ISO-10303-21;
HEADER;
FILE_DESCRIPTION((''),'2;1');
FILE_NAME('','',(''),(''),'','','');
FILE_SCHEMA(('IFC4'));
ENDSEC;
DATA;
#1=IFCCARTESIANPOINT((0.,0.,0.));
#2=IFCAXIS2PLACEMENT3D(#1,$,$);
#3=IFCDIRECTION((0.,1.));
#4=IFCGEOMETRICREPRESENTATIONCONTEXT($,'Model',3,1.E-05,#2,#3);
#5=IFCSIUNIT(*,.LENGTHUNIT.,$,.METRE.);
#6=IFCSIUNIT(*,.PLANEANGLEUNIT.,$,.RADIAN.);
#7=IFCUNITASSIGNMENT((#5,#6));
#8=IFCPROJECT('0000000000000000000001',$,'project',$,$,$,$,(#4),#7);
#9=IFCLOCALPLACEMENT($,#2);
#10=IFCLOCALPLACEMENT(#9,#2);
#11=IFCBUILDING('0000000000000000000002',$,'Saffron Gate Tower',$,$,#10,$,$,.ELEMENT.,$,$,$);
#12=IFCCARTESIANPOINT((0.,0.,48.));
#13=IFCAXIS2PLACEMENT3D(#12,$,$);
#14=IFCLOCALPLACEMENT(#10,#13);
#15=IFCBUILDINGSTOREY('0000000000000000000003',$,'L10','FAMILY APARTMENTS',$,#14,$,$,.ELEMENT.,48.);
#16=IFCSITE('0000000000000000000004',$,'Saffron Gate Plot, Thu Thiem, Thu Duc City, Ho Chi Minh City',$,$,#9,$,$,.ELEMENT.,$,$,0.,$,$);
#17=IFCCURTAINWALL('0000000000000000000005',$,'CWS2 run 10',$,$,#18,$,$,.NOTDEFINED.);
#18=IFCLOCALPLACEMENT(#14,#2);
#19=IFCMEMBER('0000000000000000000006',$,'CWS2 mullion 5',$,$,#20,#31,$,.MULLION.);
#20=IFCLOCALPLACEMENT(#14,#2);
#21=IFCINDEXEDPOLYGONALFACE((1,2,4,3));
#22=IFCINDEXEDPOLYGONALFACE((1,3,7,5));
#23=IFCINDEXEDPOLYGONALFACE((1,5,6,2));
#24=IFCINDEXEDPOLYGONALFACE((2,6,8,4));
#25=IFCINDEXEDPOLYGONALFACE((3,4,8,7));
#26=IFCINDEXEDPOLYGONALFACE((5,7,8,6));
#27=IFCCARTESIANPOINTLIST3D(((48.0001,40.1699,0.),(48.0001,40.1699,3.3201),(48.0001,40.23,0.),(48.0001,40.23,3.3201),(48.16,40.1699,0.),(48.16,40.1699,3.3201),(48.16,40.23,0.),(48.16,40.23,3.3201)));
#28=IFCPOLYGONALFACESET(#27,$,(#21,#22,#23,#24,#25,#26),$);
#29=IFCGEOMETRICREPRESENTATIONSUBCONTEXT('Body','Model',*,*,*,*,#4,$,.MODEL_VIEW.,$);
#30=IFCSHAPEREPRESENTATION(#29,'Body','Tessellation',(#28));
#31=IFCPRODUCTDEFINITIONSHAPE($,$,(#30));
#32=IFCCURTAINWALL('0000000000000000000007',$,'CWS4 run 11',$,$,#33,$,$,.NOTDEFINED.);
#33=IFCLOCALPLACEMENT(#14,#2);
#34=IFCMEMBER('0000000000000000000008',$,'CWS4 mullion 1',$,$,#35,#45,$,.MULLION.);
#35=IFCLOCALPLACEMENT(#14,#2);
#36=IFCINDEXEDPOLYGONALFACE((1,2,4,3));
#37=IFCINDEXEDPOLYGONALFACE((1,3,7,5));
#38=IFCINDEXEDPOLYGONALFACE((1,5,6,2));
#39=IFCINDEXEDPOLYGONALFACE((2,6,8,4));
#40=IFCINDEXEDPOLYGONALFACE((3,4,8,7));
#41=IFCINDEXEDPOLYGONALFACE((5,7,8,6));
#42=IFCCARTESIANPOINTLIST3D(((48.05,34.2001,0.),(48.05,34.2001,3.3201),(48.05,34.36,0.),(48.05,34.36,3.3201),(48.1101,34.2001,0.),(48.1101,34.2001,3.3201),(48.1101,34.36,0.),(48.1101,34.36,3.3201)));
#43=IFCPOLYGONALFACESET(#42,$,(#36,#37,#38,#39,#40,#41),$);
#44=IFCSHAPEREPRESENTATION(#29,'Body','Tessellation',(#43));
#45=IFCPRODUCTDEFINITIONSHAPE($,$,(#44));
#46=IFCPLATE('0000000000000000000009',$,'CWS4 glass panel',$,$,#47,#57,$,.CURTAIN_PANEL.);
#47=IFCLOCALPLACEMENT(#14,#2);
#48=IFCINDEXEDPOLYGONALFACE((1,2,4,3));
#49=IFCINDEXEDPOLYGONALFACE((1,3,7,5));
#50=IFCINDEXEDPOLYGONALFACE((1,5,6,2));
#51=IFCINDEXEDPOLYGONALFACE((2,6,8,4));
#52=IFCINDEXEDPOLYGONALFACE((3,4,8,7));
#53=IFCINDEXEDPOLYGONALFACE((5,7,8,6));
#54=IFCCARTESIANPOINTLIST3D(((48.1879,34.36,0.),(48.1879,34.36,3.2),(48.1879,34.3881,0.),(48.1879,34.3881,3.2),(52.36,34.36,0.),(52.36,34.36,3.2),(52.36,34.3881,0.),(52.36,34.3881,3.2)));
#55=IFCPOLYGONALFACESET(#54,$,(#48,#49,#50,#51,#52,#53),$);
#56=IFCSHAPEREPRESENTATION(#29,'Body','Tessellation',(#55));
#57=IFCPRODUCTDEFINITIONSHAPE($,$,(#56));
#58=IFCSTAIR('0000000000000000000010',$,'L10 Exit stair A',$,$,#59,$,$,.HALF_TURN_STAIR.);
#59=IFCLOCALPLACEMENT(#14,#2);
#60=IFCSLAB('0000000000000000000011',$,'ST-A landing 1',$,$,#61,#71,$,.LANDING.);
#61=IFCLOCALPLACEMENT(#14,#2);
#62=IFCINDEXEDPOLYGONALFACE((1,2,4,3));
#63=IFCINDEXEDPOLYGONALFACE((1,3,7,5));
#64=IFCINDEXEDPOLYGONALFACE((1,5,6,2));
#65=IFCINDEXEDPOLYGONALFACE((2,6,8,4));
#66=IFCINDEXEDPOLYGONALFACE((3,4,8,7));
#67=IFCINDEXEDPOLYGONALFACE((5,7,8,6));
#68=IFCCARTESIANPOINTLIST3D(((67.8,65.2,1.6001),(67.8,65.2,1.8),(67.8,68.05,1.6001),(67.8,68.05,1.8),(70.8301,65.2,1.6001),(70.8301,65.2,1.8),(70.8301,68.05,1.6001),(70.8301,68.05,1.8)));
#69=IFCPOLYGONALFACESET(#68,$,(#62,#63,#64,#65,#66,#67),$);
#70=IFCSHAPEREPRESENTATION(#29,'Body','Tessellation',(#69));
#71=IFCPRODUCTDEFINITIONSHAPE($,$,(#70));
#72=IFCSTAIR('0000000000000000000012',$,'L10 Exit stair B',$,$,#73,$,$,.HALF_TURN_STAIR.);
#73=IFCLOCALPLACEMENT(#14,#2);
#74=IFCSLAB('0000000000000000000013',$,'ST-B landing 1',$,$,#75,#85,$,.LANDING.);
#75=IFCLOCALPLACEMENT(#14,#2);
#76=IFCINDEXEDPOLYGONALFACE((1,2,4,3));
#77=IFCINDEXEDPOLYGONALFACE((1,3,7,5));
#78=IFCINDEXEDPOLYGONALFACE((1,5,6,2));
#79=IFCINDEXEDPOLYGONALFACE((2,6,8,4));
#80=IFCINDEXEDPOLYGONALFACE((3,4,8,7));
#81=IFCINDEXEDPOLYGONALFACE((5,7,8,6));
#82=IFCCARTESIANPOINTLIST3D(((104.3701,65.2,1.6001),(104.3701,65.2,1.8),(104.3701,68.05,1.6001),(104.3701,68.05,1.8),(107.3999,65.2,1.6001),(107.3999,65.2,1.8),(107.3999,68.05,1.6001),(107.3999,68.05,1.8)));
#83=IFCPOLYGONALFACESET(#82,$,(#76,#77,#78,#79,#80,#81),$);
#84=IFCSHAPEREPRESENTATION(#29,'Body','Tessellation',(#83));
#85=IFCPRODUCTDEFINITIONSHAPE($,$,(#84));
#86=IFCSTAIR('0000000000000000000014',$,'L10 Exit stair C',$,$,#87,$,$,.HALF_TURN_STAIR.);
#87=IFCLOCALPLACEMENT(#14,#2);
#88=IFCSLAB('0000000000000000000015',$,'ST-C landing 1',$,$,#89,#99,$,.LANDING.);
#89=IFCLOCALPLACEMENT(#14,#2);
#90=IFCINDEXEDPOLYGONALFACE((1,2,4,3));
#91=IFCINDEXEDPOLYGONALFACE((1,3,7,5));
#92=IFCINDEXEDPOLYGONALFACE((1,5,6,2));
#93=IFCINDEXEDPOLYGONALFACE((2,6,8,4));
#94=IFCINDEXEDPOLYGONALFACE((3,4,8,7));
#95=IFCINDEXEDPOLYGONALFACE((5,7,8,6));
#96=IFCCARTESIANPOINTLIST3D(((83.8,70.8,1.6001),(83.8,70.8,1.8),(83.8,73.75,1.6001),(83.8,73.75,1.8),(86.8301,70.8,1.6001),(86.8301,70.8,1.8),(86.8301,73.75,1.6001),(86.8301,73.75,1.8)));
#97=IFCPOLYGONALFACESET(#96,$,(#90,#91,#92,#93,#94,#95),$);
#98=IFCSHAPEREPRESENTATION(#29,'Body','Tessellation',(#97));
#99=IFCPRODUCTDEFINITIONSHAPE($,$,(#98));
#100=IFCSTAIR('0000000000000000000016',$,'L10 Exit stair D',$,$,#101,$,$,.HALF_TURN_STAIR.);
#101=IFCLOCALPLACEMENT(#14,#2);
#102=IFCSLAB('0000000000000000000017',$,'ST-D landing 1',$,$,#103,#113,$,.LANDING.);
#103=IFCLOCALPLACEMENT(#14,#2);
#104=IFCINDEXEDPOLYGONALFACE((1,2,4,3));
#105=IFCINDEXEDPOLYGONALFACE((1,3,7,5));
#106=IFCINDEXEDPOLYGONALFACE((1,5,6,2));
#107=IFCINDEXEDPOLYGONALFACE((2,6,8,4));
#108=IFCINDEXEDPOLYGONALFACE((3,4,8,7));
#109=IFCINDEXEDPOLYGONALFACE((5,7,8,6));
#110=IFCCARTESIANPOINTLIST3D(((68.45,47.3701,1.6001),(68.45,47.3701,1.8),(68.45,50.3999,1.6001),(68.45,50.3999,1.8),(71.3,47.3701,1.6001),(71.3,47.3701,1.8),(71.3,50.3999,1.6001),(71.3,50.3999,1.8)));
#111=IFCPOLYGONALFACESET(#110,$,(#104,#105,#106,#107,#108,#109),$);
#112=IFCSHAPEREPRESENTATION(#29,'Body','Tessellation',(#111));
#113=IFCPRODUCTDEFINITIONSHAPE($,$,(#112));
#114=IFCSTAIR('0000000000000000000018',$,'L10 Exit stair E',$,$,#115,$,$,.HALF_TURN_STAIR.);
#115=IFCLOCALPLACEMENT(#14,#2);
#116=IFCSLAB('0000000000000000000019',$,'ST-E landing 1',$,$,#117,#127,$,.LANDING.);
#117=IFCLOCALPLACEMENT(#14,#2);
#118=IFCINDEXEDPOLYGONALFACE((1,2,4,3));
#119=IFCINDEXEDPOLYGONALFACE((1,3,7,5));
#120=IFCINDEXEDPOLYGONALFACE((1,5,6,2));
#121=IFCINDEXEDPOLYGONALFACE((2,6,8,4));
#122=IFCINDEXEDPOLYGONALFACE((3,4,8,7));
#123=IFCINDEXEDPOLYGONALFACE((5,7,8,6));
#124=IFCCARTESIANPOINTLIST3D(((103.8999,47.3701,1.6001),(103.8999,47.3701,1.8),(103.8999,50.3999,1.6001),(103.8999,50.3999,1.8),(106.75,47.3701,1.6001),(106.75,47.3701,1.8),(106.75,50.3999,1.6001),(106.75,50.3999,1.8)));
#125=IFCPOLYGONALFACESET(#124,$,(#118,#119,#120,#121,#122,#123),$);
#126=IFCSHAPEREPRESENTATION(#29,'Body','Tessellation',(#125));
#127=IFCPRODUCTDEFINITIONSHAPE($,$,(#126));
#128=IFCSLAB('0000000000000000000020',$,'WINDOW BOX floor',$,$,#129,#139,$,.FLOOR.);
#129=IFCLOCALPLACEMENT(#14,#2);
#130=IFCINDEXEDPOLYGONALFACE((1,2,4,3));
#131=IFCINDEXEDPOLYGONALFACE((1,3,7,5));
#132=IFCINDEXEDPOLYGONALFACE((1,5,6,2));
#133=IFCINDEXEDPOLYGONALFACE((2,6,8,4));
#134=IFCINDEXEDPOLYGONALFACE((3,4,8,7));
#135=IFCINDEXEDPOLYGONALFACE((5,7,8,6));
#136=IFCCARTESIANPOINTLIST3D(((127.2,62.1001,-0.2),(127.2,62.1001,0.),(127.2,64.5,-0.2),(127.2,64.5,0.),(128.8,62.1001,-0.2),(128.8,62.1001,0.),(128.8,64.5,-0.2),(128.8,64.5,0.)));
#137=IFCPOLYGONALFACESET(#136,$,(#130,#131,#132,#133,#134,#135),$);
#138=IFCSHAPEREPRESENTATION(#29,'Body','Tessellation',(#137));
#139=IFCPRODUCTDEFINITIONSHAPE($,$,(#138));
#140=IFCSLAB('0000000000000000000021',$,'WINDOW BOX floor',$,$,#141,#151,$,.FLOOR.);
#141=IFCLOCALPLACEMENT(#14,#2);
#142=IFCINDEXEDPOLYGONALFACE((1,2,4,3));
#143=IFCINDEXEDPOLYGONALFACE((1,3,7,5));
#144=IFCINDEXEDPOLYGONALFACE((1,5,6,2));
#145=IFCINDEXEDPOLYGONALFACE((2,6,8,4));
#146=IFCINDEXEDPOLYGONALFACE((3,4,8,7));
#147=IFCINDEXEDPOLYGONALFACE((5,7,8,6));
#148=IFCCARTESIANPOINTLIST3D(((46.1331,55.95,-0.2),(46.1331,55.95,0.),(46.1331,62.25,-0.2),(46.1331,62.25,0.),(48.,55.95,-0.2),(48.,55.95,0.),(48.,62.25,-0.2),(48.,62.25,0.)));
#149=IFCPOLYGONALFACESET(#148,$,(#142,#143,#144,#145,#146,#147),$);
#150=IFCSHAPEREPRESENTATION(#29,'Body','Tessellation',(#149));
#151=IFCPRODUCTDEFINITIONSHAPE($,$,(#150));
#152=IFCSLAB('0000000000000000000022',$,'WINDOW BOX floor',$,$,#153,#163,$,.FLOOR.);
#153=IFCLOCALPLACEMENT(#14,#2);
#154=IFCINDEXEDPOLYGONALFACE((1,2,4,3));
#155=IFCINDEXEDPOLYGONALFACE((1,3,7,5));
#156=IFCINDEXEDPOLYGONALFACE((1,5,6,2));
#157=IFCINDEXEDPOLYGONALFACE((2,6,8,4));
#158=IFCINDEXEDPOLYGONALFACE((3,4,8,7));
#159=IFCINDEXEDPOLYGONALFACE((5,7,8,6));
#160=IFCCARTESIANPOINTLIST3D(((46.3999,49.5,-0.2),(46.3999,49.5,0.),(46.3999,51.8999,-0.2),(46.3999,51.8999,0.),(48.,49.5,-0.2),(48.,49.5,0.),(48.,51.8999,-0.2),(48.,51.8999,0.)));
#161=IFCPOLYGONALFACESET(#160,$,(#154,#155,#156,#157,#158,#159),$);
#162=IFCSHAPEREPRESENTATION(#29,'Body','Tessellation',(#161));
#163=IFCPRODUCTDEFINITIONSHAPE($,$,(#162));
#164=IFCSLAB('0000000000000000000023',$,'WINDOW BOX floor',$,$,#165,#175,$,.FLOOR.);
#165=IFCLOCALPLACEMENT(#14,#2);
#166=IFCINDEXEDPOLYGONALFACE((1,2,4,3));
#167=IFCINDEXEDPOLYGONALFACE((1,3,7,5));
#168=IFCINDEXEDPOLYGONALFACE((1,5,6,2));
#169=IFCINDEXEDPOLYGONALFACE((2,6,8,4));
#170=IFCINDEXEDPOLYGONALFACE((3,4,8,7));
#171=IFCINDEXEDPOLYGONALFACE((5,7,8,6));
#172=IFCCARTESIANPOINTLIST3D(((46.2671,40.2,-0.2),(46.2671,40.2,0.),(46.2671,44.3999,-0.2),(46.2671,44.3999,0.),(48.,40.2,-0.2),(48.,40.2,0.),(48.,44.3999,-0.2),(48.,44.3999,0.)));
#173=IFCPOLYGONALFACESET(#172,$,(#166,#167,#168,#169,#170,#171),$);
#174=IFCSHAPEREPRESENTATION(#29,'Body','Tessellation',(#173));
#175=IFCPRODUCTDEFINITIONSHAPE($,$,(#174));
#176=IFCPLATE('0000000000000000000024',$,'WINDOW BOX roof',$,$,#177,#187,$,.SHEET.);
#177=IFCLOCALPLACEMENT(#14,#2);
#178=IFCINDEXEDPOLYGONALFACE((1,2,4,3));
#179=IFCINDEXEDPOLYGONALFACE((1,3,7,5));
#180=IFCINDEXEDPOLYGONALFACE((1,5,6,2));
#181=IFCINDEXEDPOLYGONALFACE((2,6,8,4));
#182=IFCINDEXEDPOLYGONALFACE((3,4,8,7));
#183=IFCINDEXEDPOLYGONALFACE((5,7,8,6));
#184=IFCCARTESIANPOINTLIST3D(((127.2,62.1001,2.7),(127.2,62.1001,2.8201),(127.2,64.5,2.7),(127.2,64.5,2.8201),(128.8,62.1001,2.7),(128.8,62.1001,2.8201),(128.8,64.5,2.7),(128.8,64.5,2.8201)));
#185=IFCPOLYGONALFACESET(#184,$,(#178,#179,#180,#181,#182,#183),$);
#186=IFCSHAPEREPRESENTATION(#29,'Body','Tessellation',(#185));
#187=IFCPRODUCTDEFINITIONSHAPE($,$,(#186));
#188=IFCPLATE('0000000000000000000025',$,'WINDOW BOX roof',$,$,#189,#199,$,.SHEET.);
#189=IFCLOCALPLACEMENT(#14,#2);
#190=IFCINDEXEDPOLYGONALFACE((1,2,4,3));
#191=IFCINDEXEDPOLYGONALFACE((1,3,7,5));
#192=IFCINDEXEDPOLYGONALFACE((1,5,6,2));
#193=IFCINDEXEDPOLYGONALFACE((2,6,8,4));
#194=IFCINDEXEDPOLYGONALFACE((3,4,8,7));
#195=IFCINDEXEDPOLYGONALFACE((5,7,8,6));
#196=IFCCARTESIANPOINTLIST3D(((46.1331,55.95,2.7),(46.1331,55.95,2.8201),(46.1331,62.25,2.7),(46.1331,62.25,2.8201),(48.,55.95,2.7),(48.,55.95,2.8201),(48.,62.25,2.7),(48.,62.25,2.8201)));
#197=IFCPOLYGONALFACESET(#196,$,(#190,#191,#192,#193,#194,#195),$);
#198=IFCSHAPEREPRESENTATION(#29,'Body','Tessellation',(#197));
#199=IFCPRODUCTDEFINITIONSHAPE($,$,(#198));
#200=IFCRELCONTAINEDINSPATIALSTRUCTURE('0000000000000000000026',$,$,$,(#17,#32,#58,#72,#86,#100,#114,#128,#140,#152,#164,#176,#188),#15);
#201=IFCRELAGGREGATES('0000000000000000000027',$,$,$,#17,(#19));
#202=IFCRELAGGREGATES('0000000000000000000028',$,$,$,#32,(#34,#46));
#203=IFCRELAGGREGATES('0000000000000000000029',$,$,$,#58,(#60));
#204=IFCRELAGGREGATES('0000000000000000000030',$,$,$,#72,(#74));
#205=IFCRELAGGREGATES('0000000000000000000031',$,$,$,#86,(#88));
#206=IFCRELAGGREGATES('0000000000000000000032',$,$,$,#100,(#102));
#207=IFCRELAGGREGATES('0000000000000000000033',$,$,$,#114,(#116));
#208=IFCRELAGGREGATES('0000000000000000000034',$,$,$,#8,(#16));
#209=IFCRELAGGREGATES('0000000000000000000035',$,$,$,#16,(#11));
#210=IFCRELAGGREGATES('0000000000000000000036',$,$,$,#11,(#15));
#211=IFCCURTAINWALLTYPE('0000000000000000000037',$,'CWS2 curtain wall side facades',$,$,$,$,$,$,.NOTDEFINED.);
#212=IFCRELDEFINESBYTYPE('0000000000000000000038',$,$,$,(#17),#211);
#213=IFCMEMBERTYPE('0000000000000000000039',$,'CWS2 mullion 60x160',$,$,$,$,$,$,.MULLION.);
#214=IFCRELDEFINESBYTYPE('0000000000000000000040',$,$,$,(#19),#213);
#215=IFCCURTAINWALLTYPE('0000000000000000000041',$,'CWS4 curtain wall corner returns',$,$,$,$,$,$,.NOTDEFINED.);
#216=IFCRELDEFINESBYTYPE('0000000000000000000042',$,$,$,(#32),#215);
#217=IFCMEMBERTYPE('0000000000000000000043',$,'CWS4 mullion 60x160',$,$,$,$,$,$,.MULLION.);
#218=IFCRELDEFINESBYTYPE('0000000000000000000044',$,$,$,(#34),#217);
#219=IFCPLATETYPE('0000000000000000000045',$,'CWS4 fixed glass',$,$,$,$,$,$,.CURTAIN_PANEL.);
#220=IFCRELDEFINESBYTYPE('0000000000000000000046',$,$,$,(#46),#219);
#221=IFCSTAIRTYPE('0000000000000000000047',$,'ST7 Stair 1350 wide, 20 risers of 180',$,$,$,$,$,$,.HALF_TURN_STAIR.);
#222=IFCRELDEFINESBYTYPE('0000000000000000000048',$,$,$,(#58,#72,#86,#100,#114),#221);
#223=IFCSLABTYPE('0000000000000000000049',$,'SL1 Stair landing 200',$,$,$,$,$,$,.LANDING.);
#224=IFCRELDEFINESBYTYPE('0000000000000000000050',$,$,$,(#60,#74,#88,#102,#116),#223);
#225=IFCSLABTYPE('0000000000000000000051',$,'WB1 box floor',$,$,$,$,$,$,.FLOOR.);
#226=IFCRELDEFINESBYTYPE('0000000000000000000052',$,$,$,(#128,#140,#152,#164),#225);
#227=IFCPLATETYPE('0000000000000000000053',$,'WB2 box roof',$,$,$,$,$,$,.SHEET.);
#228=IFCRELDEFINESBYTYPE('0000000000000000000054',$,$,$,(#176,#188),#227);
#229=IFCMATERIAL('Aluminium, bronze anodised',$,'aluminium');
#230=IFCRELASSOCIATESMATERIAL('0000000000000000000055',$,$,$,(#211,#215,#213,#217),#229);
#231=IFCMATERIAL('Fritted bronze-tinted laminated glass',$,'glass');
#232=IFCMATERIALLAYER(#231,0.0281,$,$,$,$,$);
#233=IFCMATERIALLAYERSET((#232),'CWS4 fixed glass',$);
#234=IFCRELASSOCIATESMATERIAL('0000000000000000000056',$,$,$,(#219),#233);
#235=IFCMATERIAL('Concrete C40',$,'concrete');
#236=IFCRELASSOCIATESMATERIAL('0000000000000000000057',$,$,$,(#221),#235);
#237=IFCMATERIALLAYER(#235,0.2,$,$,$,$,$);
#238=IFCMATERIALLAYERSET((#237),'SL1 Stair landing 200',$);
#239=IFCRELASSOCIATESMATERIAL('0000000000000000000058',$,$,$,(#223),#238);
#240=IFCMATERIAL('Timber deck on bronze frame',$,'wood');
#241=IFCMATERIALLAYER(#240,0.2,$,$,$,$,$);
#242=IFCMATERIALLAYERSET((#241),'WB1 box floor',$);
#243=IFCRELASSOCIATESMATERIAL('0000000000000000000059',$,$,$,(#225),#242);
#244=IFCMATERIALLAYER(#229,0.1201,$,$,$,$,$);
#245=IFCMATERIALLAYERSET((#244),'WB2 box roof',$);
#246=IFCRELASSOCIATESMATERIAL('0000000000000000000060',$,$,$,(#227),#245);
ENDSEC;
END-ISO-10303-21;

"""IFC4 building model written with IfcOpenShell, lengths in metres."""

from ifc_helpers import new_model, si_unit, direction, frame, frame_2d, origin, origin_2d, place, context, subcontext, project, spatial, polyline, rectangle, outline, extrude, material, layer, layer_set, material_profile, profile_set, type_object, element, aggregate, save


model = new_model("IFC4")

# Units and contexts
model_context = context("Model", 3, precision=1e-05, world=origin(), true_north=direction((0.0, 1.0)))
body_context = subcontext(model_context, "Body", "Model", "MODEL_VIEW")
ifc_project = project(units=[si_unit("LENGTHUNIT", "METRE"), si_unit("PLANEANGLEUNIT", "RADIAN")], contexts=[model_context])

# Site, building, storey
site_placement = place(None, origin())
site = spatial("IfcSite", under=ifc_project, at=site_placement, Name="Saffron Gate Plot, Thu Thiem, Thu Duc City, Ho Chi Minh City", CompositionType="ELEMENT", RefElevation=0.0)
building_placement = place(site_placement, origin())
building = spatial("IfcBuilding", under=site, at=building_placement, Name="Saffron Gate Tower", CompositionType="ELEMENT")
storey_placement = place(building_placement, frame((0.0, 0.0, 48.0)))
storey = spatial("IfcBuildingStorey", under=building, at=storey_placement, Name="L10", Description="FAMILY APARTMENTS", CompositionType="ELEMENT", Elevation=48.0)

# Curtain wall, member
ifc_material_1 = material(Name="Aluminium, bronze anodised", Category="aluminium")
curtain_wall_type_1 = type_object("IfcCurtainWallType", Name="CWS2 curtain wall side facades", PredefinedType="NOTDEFINED", material=ifc_material_1)
curtain_wall_1_placement = place(storey_placement, origin())
curtain_wall_1 = element("IfcCurtainWall", 1, at=curtain_wall_1_placement, inside=storey, type_object=curtain_wall_type_1, Name="CWS2 run 10", PredefinedType="NOTDEFINED")
ifc_material_profile_1 = material_profile(ifc_material_1, rectangle(XDim=0.1599, YDim=0.0601, at=origin_2d()))
ifc_profile_set_1 = profile_set([ifc_material_profile_1], Name="Aluminium, bronze anodised")
member_type_1 = type_object("IfcMemberType", Name="CWS2 mullion 60x160", PredefinedType="MULLION", material=ifc_profile_set_1)
member_1_placement = place(storey_placement, frame((48.0801, 40.2, 0.0), z_axis=(0.0, 0.0, 1.0), x_axis=(1.0, 0.0, 0.0)))
member_1 = element("IfcMember", 2, at=member_1_placement, type_object=member_type_1, Name="CWS2 mullion 5", PredefinedType="MULLION", context=body_context, shape_type="SweptSolid", body=[
    extrude(rectangle(XDim=0.1599, YDim=0.0601, at=origin_2d()), origin(), (0.0, 0.0, 1.0), 3.3201),
])
aggregate(curtain_wall_1, [member_1])

# Curtain wall, member, plate
curtain_wall_type_2 = type_object("IfcCurtainWallType", Name="CWS4 curtain wall corner returns", PredefinedType="NOTDEFINED", material=ifc_material_1)
curtain_wall_2_placement = place(storey_placement, origin())
curtain_wall_2 = element("IfcCurtainWall", 3, at=curtain_wall_2_placement, inside=storey, type_object=curtain_wall_type_2, Name="CWS4 run 11", PredefinedType="NOTDEFINED")
ifc_material_profile_2 = material_profile(ifc_material_1, rectangle(XDim=0.1599, YDim=0.0601, at=origin_2d()))
ifc_profile_set_2 = profile_set([ifc_material_profile_2], Name="Aluminium, bronze anodised")
member_type_2 = type_object("IfcMemberType", Name="CWS4 mullion 60x160", PredefinedType="MULLION", material=ifc_profile_set_2)
member_2_placement = place(storey_placement, frame((48.0801, 34.28, 0.0), z_axis=(0.0, 0.0, 1.0), x_axis=(0.0, 1.0, 0.0)))
member_2 = element("IfcMember", 4, at=member_2_placement, type_object=member_type_2, Name="CWS4 mullion 1", PredefinedType="MULLION", context=body_context, shape_type="SweptSolid", body=[
    extrude(rectangle(XDim=0.1599, YDim=0.0601, at=origin_2d()), origin(), (0.0, 0.0, 1.0), 3.3201),
])
ifc_material_2 = material(Name="Fritted bronze-tinted laminated glass", Category="glass")
ifc_layer_1 = layer(ifc_material_2, 0.0281)
ifc_layer_set_1 = layer_set([ifc_layer_1], Name="CWS4 fixed glass")
plate_type_1 = type_object("IfcPlateType", Name="CWS4 fixed glass", PredefinedType="CURTAIN_PANEL", material=ifc_layer_set_1)
plate_1_placement = place(storey_placement, frame((48.188, 34.374, 0.0), z_axis=(0.0, 0.0, 1.0), x_axis=(1.0, 0.0, 0.0)))
plate_1 = element("IfcPlate", 5, at=plate_1_placement, type_object=plate_type_1, Name="CWS4 glass panel", PredefinedType="CURTAIN_PANEL", context=body_context, shape_type="SweptSolid", body=[
    extrude(rectangle(XDim=4.1721, YDim=0.0281, at=frame_2d((2.0859, 0.0))), origin(), (0.0, 0.0, 1.0), 3.2),
])
aggregate(curtain_wall_2, [member_2, plate_1])

# Stairs, slabs
ifc_material_3 = material(Name="Concrete C40", Category="concrete")
stair_type = type_object("IfcStairType", Name="ST7 Stair 1350 wide, 20 risers of 180", PredefinedType="HALF_TURN_STAIR", material=ifc_material_3)
stair_1_placement = place(storey_placement, origin())
stair_1 = element("IfcStair", 6, at=stair_1_placement, inside=storey, type_object=stair_type, Name="L10 Exit stair A", PredefinedType="HALF_TURN_STAIR")
ifc_layer_2 = layer(ifc_material_3, 0.2)
ifc_layer_set_2 = layer_set([ifc_layer_2], Name="SL1 Stair landing 200")
slab_type_1 = type_object("IfcSlabType", Name="SL1 Stair landing 200", PredefinedType="LANDING", material=ifc_layer_set_2)
slab_1_placement = place(storey_placement, frame((0.0, 0.0, 1.6001)))
slab_1 = element("IfcSlab", 7, at=slab_1_placement, type_object=slab_type_1, Name="ST-A landing 1", PredefinedType="LANDING", context=body_context, shape_type="SweptSolid", body=[
    extrude(outline(polyline([(70.8301, 68.05), (67.8, 68.05), (67.8, 65.2), (70.8301, 65.2), (70.8301, 68.05)])), origin(), (0.0, 0.0, 1.0), 0.2),
])
aggregate(stair_1, [slab_1])
stair_2_placement = place(storey_placement, origin())
stair_2 = element("IfcStair", 8, at=stair_2_placement, inside=storey, type_object=stair_type, Name="L10 Exit stair B", PredefinedType="HALF_TURN_STAIR")
slab_2_placement = place(storey_placement, frame((0.0, 0.0, 1.6001)))
slab_2 = element("IfcSlab", 9, at=slab_2_placement, type_object=slab_type_1, Name="ST-B landing 1", PredefinedType="LANDING", context=body_context, shape_type="SweptSolid", body=[
    extrude(outline(polyline([(104.3701, 65.2), (107.3999, 65.2), (107.3999, 68.05), (104.3701, 68.05), (104.3701, 65.2)])), origin(), (0.0, 0.0, 1.0), 0.2),
])
aggregate(stair_2, [slab_2])
stair_3_placement = place(storey_placement, origin())
stair_3 = element("IfcStair", 10, at=stair_3_placement, inside=storey, type_object=stair_type, Name="L10 Exit stair C", PredefinedType="HALF_TURN_STAIR")
slab_3_placement = place(storey_placement, frame((0.0, 0.0, 1.6001)))
slab_3 = element("IfcSlab", 11, at=slab_3_placement, type_object=slab_type_1, Name="ST-C landing 1", PredefinedType="LANDING", context=body_context, shape_type="SweptSolid", body=[
    extrude(outline(polyline([(86.8301, 73.75), (83.8, 73.75), (83.8, 70.8), (86.8301, 70.8), (86.8301, 73.75)])), origin(), (0.0, 0.0, 1.0), 0.2),
])
aggregate(stair_3, [slab_3])
stair_4_placement = place(storey_placement, origin())
stair_4 = element("IfcStair", 12, at=stair_4_placement, inside=storey, type_object=stair_type, Name="L10 Exit stair D", PredefinedType="HALF_TURN_STAIR")
slab_4_placement = place(storey_placement, frame((0.0, 0.0, 1.6001)))
slab_4 = element("IfcSlab", 13, at=slab_4_placement, type_object=slab_type_1, Name="ST-D landing 1", PredefinedType="LANDING", context=body_context, shape_type="SweptSolid", body=[
    extrude(outline(polyline([(71.3, 47.3701), (71.3, 50.3999), (68.45, 50.3999), (68.45, 47.3701), (71.3, 47.3701)])), origin(), (0.0, 0.0, 1.0), 0.2),
])
aggregate(stair_4, [slab_4])
stair_5_placement = place(storey_placement, origin())
stair_5 = element("IfcStair", 14, at=stair_5_placement, inside=storey, type_object=stair_type, Name="L10 Exit stair E", PredefinedType="HALF_TURN_STAIR")
slab_5_placement = place(storey_placement, frame((0.0, 0.0, 1.6001)))
slab_5 = element("IfcSlab", 15, at=slab_5_placement, type_object=slab_type_1, Name="ST-E landing 1", PredefinedType="LANDING", context=body_context, shape_type="SweptSolid", body=[
    extrude(outline(polyline([(106.75, 47.3701), (106.75, 50.3999), (103.8999, 50.3999), (103.8999, 47.3701), (106.75, 47.3701)])), origin(), (0.0, 0.0, 1.0), 0.2),
])
aggregate(stair_5, [slab_5])

# Slabs
ifc_material_4 = material(Name="Timber deck on bronze frame", Category="wood")
ifc_layer_3 = layer(ifc_material_4, 0.2)
ifc_layer_set_3 = layer_set([ifc_layer_3], Name="WB1 box floor")
slab_type_2 = type_object("IfcSlabType", Name="WB1 box floor", PredefinedType="FLOOR", material=ifc_layer_set_3)
slab_6_placement = place(storey_placement, frame((0.0, 0.0, -0.2)))
element("IfcSlab", 16, at=slab_6_placement, inside=storey, type_object=slab_type_2, Name="WINDOW BOX floor", PredefinedType="FLOOR", context=body_context, shape_type="SweptSolid", body=[
    extrude(outline(polyline([(127.2, 62.1001), (127.2, 64.5), (128.8, 64.5), (128.8, 62.1001), (127.2, 62.1001)])), origin(), (0.0, 0.0, 1.0), 0.2),
])
slab_7_placement = place(storey_placement, frame((0.0, 0.0, -0.2)))
element("IfcSlab", 17, at=slab_7_placement, inside=storey, type_object=slab_type_2, Name="WINDOW BOX floor", PredefinedType="FLOOR", context=body_context, shape_type="SweptSolid", body=[
    extrude(outline(polyline([(48.0, 62.25), (48.0, 55.95), (46.1331, 55.95), (46.1331, 62.25), (48.0, 62.25)])), origin(), (0.0, 0.0, 1.0), 0.2),
])
slab_8_placement = place(storey_placement, frame((0.0, 0.0, -0.2)))
element("IfcSlab", 18, at=slab_8_placement, inside=storey, type_object=slab_type_2, Name="WINDOW BOX floor", PredefinedType="FLOOR", context=body_context, shape_type="SweptSolid", body=[
    extrude(outline(polyline([(48.0, 51.8999), (48.0, 49.5), (46.3999, 49.5), (46.3999, 51.8999), (48.0, 51.8999)])), origin(), (0.0, 0.0, 1.0), 0.2),
])
slab_9_placement = place(storey_placement, frame((0.0, 0.0, -0.2)))
element("IfcSlab", 19, at=slab_9_placement, inside=storey, type_object=slab_type_2, Name="WINDOW BOX floor", PredefinedType="FLOOR", context=body_context, shape_type="SweptSolid", body=[
    extrude(outline(polyline([(48.0, 44.3999), (48.0, 40.2), (46.2671, 40.2), (46.2671, 44.3999), (48.0, 44.3999)])), origin(), (0.0, 0.0, 1.0), 0.2),
])

# Plates
ifc_layer_4 = layer(ifc_material_1, 0.1201)
ifc_layer_set_4 = layer_set([ifc_layer_4], Name="WB2 box roof")
plate_type_2 = type_object("IfcPlateType", Name="WB2 box roof", PredefinedType="SHEET", material=ifc_layer_set_4)
plate_2_placement = place(storey_placement, frame((0.0, 0.0, 2.7)))
element("IfcPlate", 20, at=plate_2_placement, inside=storey, type_object=plate_type_2, Name="WINDOW BOX roof", PredefinedType="SHEET", context=body_context, shape_type="SweptSolid", body=[
    extrude(outline(polyline([(127.2, 62.1001), (127.2, 64.5), (128.8, 64.5), (128.8, 62.1001), (127.2, 62.1001)])), origin(), (0.0, 0.0, 1.0), 0.1201),
])
plate_3_placement = place(storey_placement, frame((0.0, 0.0, 2.7)))
element("IfcPlate", 21, at=plate_3_placement, inside=storey, type_object=plate_type_2, Name="WINDOW BOX roof", PredefinedType="SHEET", context=body_context, shape_type="SweptSolid", body=[
    extrude(outline(polyline([(48.0, 62.25), (48.0, 55.95), (46.1331, 55.95), (46.1331, 62.25), (48.0, 62.25)])), origin(), (0.0, 0.0, 1.0), 0.1201),
])

save(model, "model.ifc")
